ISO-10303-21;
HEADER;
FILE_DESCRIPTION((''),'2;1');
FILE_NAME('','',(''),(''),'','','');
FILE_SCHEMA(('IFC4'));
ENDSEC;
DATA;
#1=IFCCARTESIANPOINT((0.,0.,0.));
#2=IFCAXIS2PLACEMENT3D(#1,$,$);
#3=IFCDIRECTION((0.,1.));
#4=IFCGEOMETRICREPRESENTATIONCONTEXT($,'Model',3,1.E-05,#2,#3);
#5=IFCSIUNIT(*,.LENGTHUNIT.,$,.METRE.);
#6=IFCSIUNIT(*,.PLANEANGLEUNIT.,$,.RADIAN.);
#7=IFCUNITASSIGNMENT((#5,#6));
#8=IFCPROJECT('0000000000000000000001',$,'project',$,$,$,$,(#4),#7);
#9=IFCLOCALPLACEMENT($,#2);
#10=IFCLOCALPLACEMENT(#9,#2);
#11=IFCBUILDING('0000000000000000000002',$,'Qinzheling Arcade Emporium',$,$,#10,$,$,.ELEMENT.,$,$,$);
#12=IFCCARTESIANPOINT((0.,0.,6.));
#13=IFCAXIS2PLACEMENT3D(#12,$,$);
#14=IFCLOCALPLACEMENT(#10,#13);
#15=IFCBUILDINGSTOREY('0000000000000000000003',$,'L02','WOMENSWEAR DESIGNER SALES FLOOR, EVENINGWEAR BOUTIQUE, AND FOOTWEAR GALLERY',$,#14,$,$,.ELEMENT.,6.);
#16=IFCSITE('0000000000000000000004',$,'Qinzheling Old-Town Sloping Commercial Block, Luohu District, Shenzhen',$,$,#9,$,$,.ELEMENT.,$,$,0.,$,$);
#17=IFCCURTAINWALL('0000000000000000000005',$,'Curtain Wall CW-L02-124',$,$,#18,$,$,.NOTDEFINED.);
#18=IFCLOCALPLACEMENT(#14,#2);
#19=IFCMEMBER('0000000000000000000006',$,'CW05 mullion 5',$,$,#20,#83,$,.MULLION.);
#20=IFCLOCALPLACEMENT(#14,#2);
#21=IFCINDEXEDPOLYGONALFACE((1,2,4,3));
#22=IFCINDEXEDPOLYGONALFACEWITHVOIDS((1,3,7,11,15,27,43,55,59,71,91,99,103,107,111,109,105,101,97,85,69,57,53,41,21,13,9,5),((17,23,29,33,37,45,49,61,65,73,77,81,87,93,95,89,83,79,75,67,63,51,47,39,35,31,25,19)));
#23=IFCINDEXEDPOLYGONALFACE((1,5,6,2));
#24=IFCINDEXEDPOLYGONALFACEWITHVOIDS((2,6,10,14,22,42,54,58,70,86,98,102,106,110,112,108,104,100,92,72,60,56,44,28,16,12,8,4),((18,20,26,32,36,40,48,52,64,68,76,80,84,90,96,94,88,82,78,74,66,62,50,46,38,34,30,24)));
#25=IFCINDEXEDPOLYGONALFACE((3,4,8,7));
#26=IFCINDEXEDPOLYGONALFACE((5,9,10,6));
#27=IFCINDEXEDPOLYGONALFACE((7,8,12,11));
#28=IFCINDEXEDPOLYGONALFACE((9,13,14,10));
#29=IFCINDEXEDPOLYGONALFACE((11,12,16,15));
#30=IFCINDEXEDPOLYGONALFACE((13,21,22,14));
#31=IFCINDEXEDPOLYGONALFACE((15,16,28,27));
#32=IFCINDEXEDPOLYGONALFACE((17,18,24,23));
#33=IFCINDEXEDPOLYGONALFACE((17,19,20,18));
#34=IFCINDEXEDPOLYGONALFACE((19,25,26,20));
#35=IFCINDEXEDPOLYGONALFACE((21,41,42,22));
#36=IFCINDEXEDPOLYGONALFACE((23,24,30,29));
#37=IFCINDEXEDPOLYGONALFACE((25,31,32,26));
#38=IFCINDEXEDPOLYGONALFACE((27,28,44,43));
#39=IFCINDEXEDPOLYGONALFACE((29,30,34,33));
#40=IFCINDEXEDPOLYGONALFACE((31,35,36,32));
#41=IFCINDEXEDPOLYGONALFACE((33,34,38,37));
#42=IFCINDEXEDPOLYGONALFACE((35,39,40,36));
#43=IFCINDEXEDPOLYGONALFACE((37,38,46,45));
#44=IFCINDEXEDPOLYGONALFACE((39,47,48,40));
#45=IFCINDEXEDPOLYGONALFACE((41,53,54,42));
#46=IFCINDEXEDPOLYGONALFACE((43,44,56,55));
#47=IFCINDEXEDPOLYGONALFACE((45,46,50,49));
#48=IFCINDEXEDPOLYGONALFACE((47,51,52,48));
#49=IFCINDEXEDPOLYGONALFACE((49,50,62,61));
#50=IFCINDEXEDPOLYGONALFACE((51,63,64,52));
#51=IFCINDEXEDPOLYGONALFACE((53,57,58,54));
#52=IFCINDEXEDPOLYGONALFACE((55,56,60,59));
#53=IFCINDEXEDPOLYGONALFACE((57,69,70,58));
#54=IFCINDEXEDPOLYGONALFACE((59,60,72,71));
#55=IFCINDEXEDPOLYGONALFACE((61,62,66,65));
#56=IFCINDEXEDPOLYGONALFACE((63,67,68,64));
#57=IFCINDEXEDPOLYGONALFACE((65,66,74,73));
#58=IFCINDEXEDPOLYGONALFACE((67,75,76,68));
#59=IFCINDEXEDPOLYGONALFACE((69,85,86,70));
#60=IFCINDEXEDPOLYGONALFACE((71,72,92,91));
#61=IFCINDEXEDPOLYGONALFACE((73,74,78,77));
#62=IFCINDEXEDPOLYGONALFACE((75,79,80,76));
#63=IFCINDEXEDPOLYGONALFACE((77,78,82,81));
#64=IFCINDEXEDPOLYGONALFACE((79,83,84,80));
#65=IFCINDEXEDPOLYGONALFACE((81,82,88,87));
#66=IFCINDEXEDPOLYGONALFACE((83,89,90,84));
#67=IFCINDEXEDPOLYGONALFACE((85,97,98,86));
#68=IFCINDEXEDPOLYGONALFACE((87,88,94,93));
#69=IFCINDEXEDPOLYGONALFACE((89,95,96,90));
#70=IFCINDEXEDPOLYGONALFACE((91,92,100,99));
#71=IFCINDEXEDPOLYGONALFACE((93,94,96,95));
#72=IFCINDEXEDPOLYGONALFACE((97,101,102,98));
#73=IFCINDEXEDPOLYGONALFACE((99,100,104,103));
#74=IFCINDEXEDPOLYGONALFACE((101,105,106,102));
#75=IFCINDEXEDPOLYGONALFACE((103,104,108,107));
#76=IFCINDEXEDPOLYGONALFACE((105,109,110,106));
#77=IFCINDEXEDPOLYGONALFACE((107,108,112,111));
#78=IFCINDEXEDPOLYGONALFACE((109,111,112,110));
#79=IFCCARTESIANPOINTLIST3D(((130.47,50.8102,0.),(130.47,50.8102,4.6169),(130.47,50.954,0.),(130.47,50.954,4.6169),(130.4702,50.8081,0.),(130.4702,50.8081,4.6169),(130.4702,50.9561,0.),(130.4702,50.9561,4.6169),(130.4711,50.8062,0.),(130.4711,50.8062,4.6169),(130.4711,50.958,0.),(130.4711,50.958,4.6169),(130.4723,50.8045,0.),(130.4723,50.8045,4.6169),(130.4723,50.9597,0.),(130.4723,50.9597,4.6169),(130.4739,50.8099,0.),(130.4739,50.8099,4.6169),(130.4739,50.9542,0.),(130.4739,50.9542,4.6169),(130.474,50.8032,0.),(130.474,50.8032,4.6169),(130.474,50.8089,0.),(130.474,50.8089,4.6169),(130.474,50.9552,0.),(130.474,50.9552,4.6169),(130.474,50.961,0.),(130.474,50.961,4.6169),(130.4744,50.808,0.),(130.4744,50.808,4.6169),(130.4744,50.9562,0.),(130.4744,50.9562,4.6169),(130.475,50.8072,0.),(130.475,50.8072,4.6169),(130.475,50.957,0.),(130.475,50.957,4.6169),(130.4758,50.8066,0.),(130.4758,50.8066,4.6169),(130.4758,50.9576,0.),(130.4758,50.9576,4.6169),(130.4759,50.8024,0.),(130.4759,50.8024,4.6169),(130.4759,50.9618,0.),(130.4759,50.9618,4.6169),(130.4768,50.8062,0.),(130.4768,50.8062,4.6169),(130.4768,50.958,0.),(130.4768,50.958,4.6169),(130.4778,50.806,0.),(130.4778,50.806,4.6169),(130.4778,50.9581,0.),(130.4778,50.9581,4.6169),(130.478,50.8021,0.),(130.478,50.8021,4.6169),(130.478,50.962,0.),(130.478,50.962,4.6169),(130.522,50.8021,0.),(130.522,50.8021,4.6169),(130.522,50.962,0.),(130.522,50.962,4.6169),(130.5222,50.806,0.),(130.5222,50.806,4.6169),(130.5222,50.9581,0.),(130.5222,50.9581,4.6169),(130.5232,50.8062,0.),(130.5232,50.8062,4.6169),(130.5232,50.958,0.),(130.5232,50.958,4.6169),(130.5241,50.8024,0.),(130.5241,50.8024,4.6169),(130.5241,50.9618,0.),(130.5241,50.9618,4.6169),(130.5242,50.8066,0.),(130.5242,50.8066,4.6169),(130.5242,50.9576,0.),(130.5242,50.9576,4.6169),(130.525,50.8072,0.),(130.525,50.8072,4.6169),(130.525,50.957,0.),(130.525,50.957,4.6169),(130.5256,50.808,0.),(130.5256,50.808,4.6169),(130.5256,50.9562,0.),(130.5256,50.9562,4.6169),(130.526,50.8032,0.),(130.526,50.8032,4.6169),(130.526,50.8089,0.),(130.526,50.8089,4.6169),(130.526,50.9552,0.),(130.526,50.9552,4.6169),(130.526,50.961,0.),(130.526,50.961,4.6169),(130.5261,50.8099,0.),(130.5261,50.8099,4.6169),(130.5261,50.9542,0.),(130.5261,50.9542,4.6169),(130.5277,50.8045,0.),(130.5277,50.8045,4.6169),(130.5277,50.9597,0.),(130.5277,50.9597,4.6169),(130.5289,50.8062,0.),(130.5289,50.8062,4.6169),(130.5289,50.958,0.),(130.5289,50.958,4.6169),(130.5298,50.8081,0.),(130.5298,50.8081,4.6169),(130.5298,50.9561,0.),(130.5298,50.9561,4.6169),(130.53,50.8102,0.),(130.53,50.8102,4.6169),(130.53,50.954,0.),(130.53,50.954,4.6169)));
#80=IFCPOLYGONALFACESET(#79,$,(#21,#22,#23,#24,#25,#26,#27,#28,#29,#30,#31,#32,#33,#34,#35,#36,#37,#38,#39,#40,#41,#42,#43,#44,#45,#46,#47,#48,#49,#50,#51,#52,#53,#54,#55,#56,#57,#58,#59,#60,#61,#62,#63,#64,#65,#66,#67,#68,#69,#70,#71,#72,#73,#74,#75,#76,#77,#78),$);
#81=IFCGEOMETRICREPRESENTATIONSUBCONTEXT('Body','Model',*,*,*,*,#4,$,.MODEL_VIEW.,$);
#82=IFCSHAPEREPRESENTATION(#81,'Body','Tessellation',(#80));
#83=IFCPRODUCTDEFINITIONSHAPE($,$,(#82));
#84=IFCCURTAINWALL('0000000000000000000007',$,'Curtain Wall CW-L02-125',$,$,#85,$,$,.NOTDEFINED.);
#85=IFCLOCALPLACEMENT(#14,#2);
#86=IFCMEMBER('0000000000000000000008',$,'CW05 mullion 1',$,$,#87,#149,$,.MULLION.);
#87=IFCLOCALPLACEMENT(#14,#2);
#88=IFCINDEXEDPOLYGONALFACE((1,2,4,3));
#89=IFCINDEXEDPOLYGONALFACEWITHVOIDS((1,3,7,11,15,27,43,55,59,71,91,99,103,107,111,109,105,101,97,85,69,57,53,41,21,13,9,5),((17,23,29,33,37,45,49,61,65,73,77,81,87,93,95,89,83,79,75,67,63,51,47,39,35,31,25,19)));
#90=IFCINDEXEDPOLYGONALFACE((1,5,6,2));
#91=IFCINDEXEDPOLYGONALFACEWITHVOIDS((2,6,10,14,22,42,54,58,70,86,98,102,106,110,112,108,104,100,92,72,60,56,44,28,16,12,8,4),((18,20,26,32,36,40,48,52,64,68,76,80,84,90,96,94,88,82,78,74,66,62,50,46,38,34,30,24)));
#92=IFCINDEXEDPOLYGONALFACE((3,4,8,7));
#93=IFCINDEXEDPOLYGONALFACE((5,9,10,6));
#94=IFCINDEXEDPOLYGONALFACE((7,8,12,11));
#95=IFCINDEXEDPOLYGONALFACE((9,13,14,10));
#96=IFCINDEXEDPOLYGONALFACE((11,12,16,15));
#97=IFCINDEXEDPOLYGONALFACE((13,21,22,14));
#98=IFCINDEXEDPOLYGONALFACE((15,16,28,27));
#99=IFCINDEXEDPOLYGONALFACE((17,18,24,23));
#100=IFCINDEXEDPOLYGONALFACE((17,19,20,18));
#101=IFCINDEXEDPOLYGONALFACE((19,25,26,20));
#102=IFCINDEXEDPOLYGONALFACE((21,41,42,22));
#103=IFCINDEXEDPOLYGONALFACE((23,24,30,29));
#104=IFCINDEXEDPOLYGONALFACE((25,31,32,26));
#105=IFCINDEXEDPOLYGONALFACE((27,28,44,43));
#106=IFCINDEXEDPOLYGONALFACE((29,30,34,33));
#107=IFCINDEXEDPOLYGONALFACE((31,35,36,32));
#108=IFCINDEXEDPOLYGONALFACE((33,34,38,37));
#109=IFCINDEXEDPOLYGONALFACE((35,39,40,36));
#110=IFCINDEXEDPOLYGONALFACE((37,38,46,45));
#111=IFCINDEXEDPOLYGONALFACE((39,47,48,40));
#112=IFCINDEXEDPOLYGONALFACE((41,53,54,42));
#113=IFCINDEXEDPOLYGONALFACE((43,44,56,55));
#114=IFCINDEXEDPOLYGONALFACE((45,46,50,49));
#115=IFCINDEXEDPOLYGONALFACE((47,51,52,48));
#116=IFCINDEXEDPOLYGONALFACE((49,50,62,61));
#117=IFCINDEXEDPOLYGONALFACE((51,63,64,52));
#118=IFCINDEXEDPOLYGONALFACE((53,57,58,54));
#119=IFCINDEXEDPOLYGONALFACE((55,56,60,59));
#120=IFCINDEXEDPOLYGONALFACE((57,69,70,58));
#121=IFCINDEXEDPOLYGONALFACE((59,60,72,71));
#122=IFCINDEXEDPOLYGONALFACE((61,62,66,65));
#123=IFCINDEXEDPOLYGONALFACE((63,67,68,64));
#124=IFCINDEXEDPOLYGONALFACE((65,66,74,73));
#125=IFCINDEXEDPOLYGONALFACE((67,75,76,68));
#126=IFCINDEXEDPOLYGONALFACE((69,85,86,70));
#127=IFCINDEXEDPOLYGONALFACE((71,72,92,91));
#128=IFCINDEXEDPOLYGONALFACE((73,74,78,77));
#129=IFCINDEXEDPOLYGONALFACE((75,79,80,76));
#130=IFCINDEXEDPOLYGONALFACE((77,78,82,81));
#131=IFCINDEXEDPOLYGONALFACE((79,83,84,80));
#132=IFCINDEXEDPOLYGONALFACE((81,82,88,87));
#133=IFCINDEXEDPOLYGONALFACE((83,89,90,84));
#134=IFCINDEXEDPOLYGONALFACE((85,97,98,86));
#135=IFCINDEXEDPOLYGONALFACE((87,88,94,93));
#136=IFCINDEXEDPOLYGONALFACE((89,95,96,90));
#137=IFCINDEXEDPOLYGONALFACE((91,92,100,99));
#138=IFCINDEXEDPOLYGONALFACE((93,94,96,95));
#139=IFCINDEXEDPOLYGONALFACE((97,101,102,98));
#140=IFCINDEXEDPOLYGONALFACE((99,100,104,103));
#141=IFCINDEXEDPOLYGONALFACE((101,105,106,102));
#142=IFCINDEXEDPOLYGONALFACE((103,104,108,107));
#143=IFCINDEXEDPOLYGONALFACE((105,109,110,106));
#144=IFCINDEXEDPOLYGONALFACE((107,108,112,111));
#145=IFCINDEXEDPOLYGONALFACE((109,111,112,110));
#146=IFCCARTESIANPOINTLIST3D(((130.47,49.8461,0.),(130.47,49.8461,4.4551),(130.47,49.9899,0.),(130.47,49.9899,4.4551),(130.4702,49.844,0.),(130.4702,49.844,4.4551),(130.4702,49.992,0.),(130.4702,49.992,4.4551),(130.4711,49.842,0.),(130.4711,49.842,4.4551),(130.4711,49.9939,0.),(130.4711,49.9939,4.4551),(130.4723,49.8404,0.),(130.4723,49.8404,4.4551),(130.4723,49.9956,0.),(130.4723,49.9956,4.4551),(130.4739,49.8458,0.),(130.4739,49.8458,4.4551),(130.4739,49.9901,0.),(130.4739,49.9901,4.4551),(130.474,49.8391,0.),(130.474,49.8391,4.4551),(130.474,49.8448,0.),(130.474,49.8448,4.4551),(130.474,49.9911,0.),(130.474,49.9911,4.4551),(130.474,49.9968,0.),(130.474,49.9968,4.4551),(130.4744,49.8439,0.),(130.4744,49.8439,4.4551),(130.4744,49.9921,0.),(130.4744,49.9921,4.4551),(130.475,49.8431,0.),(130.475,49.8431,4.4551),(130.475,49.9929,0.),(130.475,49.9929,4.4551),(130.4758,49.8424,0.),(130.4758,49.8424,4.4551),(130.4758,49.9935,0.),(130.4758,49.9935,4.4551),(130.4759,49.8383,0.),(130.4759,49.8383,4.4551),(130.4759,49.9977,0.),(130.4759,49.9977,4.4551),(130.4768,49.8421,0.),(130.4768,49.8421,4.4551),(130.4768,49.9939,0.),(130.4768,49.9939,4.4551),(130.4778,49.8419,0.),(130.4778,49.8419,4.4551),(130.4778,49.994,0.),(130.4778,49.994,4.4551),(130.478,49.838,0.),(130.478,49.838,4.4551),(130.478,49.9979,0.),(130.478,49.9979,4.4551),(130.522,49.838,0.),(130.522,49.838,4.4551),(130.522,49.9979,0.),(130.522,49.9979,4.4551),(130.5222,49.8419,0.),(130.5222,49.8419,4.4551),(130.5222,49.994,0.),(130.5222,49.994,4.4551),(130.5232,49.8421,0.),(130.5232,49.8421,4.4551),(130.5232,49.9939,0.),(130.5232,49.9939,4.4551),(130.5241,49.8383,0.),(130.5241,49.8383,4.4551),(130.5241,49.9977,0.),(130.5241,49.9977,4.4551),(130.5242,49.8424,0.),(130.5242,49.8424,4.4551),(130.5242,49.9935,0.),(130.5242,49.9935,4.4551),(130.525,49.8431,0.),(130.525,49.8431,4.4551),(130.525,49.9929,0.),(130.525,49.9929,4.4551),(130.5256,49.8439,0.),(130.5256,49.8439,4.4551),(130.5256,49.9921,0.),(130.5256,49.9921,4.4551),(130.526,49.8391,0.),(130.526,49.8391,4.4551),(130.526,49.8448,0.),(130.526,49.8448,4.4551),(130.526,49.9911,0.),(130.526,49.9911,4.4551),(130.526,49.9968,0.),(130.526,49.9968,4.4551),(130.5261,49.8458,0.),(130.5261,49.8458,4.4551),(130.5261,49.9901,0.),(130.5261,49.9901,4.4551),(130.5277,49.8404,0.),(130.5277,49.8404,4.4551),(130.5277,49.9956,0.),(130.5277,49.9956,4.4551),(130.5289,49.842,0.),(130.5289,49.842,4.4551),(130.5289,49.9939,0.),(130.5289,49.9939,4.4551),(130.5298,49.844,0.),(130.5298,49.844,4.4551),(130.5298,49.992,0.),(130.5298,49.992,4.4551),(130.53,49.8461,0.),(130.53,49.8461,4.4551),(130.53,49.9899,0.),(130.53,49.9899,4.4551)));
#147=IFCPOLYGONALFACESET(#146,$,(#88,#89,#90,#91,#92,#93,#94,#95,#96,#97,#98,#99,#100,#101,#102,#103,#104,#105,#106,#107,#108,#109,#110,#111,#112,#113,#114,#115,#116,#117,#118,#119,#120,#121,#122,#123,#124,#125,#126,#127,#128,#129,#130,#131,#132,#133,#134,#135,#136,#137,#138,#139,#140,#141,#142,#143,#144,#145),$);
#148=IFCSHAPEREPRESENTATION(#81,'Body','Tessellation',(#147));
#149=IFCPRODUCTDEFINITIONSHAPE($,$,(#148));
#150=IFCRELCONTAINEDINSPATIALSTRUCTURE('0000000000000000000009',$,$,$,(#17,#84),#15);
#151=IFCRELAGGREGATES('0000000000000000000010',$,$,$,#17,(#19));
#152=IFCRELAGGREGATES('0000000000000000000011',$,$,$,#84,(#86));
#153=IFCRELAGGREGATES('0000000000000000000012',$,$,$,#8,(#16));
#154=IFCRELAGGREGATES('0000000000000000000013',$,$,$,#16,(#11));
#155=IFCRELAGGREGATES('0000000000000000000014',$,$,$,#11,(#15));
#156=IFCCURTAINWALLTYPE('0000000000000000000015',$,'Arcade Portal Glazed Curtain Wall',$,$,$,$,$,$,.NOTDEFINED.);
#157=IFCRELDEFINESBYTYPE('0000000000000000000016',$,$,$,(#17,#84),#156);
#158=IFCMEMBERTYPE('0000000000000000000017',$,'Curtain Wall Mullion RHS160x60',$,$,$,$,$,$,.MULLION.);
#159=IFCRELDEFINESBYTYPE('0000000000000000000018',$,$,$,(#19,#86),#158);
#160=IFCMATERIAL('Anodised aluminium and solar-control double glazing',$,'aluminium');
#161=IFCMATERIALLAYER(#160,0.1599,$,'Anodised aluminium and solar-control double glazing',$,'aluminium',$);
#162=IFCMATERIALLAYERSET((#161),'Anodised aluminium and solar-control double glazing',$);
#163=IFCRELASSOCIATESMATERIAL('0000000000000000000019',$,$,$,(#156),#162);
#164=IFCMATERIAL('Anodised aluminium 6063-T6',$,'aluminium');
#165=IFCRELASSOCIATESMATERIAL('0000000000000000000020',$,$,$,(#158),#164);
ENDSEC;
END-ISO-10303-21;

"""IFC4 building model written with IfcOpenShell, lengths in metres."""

from ifc_helpers import new_model, si_unit, direction, frame, origin, origin_2d, place, context, subcontext, project, spatial, hollow_rectangle, extrude, material, layer, layer_set, material_profile, profile_set, type_object, element, aggregate, save


model = new_model("IFC4")

# Units and contexts
model_context = context("Model", 3, precision=1e-05, world=origin(), true_north=direction((0.0, 1.0)))
body_context = subcontext(model_context, "Body", "Model", "MODEL_VIEW")
ifc_project = project(units=[si_unit("LENGTHUNIT", "METRE"), si_unit("PLANEANGLEUNIT", "RADIAN")], contexts=[model_context])

# Site, building, storey
site_placement = place(None, origin())
site = spatial("IfcSite", under=ifc_project, at=site_placement, Name="Qinzheling Old-Town Sloping Commercial Block, Luohu District, Shenzhen", CompositionType="ELEMENT", RefElevation=0.0)
building_placement = place(site_placement, origin())
building = spatial("IfcBuilding", under=site, at=building_placement, Name="Qinzheling Arcade Emporium", CompositionType="ELEMENT")
storey_placement = place(building_placement, frame((0.0, 0.0, 6.0)))
storey = spatial("IfcBuildingStorey", under=building, at=storey_placement, Name="L02", Description="WOMENSWEAR DESIGNER SALES FLOOR, EVENINGWEAR BOUTIQUE, AND FOOTWEAR GALLERY", CompositionType="ELEMENT", Elevation=6.0)

# Curtain wall, member
ifc_material_1 = material(Name="Anodised aluminium and solar-control double glazing", Category="aluminium")
ifc_layer_1 = layer(ifc_material_1, 0.1599, Name="Anodised aluminium and solar-control double glazing", Category="aluminium")
ifc_layer_set_1 = layer_set([ifc_layer_1], Name="Anodised aluminium and solar-control double glazing")
curtain_wall_type = type_object("IfcCurtainWallType", Name="Arcade Portal Glazed Curtain Wall", PredefinedType="NOTDEFINED", material=ifc_layer_set_1)
curtain_wall_1_placement = place(storey_placement, origin())
curtain_wall_1 = element("IfcCurtainWall", 1, at=curtain_wall_1_placement, inside=storey, type_object=curtain_wall_type, Name="Curtain Wall CW-L02-124", PredefinedType="NOTDEFINED")
ifc_material_2 = material(Name="Anodised aluminium 6063-T6", Category="aluminium")
ifc_material_profile_1 = material_profile(ifc_material_2, hollow_rectangle(XDim=0.0601, YDim=0.1599, WallThickness=0.0039, InnerFilletRadius=0.0039, OuterFilletRadius=0.0081, at=origin_2d()), Name="RHS 160x60x4", Category="aluminium")
ifc_profile_set_1 = profile_set([ifc_material_profile_1], Name="Anodised aluminium 6063-T6")
member_type_1 = type_object("IfcMemberType", Name="Curtain Wall Mullion RHS160x60", PredefinedType="MULLION", material=ifc_profile_set_1)
member_1_placement = place(storey_placement, frame((130.5, 50.8821, 0.0), z_axis=(0.0, 0.0, 1.0), x_axis=(1.0, 0.0, 0.0)))
member_1 = element("IfcMember", 2, at=member_1_placement, type_object=member_type_1, Name="CW05 mullion 5", PredefinedType="MULLION", context=body_context, shape_type="SweptSolid", body=[
    extrude(hollow_rectangle(XDim=0.0601, YDim=0.1599, WallThickness=0.0039, InnerFilletRadius=0.0039, OuterFilletRadius=0.0081, at=origin_2d()), origin(), (0.0, 0.0, 1.0), 4.6169),
])

# Curtain wall, member
curtain_wall_2_placement = place(storey_placement, origin())
curtain_wall_2 = element("IfcCurtainWall", 3, at=curtain_wall_2_placement, inside=storey, type_object=curtain_wall_type, Name="Curtain Wall CW-L02-125", PredefinedType="NOTDEFINED")
member_2_placement = place(storey_placement, frame((130.5, 49.918, 0.0), z_axis=(0.0, 0.0, 1.0), x_axis=(1.0, 0.0, 0.0)))
member_2 = element("IfcMember", 4, at=member_2_placement, type_object=member_type_1, Name="CW05 mullion 1", PredefinedType="MULLION", context=body_context, shape_type="SweptSolid", body=[
    extrude(hollow_rectangle(XDim=0.0601, YDim=0.1599, WallThickness=0.0039, InnerFilletRadius=0.0039, OuterFilletRadius=0.0081, at=origin_2d()), origin(), (0.0, 0.0, 1.0), 4.4551),
])

aggregate(curtain_wall_1, [member_1])
aggregate(curtain_wall_2, [member_2])

save(model, "model.ifc")
